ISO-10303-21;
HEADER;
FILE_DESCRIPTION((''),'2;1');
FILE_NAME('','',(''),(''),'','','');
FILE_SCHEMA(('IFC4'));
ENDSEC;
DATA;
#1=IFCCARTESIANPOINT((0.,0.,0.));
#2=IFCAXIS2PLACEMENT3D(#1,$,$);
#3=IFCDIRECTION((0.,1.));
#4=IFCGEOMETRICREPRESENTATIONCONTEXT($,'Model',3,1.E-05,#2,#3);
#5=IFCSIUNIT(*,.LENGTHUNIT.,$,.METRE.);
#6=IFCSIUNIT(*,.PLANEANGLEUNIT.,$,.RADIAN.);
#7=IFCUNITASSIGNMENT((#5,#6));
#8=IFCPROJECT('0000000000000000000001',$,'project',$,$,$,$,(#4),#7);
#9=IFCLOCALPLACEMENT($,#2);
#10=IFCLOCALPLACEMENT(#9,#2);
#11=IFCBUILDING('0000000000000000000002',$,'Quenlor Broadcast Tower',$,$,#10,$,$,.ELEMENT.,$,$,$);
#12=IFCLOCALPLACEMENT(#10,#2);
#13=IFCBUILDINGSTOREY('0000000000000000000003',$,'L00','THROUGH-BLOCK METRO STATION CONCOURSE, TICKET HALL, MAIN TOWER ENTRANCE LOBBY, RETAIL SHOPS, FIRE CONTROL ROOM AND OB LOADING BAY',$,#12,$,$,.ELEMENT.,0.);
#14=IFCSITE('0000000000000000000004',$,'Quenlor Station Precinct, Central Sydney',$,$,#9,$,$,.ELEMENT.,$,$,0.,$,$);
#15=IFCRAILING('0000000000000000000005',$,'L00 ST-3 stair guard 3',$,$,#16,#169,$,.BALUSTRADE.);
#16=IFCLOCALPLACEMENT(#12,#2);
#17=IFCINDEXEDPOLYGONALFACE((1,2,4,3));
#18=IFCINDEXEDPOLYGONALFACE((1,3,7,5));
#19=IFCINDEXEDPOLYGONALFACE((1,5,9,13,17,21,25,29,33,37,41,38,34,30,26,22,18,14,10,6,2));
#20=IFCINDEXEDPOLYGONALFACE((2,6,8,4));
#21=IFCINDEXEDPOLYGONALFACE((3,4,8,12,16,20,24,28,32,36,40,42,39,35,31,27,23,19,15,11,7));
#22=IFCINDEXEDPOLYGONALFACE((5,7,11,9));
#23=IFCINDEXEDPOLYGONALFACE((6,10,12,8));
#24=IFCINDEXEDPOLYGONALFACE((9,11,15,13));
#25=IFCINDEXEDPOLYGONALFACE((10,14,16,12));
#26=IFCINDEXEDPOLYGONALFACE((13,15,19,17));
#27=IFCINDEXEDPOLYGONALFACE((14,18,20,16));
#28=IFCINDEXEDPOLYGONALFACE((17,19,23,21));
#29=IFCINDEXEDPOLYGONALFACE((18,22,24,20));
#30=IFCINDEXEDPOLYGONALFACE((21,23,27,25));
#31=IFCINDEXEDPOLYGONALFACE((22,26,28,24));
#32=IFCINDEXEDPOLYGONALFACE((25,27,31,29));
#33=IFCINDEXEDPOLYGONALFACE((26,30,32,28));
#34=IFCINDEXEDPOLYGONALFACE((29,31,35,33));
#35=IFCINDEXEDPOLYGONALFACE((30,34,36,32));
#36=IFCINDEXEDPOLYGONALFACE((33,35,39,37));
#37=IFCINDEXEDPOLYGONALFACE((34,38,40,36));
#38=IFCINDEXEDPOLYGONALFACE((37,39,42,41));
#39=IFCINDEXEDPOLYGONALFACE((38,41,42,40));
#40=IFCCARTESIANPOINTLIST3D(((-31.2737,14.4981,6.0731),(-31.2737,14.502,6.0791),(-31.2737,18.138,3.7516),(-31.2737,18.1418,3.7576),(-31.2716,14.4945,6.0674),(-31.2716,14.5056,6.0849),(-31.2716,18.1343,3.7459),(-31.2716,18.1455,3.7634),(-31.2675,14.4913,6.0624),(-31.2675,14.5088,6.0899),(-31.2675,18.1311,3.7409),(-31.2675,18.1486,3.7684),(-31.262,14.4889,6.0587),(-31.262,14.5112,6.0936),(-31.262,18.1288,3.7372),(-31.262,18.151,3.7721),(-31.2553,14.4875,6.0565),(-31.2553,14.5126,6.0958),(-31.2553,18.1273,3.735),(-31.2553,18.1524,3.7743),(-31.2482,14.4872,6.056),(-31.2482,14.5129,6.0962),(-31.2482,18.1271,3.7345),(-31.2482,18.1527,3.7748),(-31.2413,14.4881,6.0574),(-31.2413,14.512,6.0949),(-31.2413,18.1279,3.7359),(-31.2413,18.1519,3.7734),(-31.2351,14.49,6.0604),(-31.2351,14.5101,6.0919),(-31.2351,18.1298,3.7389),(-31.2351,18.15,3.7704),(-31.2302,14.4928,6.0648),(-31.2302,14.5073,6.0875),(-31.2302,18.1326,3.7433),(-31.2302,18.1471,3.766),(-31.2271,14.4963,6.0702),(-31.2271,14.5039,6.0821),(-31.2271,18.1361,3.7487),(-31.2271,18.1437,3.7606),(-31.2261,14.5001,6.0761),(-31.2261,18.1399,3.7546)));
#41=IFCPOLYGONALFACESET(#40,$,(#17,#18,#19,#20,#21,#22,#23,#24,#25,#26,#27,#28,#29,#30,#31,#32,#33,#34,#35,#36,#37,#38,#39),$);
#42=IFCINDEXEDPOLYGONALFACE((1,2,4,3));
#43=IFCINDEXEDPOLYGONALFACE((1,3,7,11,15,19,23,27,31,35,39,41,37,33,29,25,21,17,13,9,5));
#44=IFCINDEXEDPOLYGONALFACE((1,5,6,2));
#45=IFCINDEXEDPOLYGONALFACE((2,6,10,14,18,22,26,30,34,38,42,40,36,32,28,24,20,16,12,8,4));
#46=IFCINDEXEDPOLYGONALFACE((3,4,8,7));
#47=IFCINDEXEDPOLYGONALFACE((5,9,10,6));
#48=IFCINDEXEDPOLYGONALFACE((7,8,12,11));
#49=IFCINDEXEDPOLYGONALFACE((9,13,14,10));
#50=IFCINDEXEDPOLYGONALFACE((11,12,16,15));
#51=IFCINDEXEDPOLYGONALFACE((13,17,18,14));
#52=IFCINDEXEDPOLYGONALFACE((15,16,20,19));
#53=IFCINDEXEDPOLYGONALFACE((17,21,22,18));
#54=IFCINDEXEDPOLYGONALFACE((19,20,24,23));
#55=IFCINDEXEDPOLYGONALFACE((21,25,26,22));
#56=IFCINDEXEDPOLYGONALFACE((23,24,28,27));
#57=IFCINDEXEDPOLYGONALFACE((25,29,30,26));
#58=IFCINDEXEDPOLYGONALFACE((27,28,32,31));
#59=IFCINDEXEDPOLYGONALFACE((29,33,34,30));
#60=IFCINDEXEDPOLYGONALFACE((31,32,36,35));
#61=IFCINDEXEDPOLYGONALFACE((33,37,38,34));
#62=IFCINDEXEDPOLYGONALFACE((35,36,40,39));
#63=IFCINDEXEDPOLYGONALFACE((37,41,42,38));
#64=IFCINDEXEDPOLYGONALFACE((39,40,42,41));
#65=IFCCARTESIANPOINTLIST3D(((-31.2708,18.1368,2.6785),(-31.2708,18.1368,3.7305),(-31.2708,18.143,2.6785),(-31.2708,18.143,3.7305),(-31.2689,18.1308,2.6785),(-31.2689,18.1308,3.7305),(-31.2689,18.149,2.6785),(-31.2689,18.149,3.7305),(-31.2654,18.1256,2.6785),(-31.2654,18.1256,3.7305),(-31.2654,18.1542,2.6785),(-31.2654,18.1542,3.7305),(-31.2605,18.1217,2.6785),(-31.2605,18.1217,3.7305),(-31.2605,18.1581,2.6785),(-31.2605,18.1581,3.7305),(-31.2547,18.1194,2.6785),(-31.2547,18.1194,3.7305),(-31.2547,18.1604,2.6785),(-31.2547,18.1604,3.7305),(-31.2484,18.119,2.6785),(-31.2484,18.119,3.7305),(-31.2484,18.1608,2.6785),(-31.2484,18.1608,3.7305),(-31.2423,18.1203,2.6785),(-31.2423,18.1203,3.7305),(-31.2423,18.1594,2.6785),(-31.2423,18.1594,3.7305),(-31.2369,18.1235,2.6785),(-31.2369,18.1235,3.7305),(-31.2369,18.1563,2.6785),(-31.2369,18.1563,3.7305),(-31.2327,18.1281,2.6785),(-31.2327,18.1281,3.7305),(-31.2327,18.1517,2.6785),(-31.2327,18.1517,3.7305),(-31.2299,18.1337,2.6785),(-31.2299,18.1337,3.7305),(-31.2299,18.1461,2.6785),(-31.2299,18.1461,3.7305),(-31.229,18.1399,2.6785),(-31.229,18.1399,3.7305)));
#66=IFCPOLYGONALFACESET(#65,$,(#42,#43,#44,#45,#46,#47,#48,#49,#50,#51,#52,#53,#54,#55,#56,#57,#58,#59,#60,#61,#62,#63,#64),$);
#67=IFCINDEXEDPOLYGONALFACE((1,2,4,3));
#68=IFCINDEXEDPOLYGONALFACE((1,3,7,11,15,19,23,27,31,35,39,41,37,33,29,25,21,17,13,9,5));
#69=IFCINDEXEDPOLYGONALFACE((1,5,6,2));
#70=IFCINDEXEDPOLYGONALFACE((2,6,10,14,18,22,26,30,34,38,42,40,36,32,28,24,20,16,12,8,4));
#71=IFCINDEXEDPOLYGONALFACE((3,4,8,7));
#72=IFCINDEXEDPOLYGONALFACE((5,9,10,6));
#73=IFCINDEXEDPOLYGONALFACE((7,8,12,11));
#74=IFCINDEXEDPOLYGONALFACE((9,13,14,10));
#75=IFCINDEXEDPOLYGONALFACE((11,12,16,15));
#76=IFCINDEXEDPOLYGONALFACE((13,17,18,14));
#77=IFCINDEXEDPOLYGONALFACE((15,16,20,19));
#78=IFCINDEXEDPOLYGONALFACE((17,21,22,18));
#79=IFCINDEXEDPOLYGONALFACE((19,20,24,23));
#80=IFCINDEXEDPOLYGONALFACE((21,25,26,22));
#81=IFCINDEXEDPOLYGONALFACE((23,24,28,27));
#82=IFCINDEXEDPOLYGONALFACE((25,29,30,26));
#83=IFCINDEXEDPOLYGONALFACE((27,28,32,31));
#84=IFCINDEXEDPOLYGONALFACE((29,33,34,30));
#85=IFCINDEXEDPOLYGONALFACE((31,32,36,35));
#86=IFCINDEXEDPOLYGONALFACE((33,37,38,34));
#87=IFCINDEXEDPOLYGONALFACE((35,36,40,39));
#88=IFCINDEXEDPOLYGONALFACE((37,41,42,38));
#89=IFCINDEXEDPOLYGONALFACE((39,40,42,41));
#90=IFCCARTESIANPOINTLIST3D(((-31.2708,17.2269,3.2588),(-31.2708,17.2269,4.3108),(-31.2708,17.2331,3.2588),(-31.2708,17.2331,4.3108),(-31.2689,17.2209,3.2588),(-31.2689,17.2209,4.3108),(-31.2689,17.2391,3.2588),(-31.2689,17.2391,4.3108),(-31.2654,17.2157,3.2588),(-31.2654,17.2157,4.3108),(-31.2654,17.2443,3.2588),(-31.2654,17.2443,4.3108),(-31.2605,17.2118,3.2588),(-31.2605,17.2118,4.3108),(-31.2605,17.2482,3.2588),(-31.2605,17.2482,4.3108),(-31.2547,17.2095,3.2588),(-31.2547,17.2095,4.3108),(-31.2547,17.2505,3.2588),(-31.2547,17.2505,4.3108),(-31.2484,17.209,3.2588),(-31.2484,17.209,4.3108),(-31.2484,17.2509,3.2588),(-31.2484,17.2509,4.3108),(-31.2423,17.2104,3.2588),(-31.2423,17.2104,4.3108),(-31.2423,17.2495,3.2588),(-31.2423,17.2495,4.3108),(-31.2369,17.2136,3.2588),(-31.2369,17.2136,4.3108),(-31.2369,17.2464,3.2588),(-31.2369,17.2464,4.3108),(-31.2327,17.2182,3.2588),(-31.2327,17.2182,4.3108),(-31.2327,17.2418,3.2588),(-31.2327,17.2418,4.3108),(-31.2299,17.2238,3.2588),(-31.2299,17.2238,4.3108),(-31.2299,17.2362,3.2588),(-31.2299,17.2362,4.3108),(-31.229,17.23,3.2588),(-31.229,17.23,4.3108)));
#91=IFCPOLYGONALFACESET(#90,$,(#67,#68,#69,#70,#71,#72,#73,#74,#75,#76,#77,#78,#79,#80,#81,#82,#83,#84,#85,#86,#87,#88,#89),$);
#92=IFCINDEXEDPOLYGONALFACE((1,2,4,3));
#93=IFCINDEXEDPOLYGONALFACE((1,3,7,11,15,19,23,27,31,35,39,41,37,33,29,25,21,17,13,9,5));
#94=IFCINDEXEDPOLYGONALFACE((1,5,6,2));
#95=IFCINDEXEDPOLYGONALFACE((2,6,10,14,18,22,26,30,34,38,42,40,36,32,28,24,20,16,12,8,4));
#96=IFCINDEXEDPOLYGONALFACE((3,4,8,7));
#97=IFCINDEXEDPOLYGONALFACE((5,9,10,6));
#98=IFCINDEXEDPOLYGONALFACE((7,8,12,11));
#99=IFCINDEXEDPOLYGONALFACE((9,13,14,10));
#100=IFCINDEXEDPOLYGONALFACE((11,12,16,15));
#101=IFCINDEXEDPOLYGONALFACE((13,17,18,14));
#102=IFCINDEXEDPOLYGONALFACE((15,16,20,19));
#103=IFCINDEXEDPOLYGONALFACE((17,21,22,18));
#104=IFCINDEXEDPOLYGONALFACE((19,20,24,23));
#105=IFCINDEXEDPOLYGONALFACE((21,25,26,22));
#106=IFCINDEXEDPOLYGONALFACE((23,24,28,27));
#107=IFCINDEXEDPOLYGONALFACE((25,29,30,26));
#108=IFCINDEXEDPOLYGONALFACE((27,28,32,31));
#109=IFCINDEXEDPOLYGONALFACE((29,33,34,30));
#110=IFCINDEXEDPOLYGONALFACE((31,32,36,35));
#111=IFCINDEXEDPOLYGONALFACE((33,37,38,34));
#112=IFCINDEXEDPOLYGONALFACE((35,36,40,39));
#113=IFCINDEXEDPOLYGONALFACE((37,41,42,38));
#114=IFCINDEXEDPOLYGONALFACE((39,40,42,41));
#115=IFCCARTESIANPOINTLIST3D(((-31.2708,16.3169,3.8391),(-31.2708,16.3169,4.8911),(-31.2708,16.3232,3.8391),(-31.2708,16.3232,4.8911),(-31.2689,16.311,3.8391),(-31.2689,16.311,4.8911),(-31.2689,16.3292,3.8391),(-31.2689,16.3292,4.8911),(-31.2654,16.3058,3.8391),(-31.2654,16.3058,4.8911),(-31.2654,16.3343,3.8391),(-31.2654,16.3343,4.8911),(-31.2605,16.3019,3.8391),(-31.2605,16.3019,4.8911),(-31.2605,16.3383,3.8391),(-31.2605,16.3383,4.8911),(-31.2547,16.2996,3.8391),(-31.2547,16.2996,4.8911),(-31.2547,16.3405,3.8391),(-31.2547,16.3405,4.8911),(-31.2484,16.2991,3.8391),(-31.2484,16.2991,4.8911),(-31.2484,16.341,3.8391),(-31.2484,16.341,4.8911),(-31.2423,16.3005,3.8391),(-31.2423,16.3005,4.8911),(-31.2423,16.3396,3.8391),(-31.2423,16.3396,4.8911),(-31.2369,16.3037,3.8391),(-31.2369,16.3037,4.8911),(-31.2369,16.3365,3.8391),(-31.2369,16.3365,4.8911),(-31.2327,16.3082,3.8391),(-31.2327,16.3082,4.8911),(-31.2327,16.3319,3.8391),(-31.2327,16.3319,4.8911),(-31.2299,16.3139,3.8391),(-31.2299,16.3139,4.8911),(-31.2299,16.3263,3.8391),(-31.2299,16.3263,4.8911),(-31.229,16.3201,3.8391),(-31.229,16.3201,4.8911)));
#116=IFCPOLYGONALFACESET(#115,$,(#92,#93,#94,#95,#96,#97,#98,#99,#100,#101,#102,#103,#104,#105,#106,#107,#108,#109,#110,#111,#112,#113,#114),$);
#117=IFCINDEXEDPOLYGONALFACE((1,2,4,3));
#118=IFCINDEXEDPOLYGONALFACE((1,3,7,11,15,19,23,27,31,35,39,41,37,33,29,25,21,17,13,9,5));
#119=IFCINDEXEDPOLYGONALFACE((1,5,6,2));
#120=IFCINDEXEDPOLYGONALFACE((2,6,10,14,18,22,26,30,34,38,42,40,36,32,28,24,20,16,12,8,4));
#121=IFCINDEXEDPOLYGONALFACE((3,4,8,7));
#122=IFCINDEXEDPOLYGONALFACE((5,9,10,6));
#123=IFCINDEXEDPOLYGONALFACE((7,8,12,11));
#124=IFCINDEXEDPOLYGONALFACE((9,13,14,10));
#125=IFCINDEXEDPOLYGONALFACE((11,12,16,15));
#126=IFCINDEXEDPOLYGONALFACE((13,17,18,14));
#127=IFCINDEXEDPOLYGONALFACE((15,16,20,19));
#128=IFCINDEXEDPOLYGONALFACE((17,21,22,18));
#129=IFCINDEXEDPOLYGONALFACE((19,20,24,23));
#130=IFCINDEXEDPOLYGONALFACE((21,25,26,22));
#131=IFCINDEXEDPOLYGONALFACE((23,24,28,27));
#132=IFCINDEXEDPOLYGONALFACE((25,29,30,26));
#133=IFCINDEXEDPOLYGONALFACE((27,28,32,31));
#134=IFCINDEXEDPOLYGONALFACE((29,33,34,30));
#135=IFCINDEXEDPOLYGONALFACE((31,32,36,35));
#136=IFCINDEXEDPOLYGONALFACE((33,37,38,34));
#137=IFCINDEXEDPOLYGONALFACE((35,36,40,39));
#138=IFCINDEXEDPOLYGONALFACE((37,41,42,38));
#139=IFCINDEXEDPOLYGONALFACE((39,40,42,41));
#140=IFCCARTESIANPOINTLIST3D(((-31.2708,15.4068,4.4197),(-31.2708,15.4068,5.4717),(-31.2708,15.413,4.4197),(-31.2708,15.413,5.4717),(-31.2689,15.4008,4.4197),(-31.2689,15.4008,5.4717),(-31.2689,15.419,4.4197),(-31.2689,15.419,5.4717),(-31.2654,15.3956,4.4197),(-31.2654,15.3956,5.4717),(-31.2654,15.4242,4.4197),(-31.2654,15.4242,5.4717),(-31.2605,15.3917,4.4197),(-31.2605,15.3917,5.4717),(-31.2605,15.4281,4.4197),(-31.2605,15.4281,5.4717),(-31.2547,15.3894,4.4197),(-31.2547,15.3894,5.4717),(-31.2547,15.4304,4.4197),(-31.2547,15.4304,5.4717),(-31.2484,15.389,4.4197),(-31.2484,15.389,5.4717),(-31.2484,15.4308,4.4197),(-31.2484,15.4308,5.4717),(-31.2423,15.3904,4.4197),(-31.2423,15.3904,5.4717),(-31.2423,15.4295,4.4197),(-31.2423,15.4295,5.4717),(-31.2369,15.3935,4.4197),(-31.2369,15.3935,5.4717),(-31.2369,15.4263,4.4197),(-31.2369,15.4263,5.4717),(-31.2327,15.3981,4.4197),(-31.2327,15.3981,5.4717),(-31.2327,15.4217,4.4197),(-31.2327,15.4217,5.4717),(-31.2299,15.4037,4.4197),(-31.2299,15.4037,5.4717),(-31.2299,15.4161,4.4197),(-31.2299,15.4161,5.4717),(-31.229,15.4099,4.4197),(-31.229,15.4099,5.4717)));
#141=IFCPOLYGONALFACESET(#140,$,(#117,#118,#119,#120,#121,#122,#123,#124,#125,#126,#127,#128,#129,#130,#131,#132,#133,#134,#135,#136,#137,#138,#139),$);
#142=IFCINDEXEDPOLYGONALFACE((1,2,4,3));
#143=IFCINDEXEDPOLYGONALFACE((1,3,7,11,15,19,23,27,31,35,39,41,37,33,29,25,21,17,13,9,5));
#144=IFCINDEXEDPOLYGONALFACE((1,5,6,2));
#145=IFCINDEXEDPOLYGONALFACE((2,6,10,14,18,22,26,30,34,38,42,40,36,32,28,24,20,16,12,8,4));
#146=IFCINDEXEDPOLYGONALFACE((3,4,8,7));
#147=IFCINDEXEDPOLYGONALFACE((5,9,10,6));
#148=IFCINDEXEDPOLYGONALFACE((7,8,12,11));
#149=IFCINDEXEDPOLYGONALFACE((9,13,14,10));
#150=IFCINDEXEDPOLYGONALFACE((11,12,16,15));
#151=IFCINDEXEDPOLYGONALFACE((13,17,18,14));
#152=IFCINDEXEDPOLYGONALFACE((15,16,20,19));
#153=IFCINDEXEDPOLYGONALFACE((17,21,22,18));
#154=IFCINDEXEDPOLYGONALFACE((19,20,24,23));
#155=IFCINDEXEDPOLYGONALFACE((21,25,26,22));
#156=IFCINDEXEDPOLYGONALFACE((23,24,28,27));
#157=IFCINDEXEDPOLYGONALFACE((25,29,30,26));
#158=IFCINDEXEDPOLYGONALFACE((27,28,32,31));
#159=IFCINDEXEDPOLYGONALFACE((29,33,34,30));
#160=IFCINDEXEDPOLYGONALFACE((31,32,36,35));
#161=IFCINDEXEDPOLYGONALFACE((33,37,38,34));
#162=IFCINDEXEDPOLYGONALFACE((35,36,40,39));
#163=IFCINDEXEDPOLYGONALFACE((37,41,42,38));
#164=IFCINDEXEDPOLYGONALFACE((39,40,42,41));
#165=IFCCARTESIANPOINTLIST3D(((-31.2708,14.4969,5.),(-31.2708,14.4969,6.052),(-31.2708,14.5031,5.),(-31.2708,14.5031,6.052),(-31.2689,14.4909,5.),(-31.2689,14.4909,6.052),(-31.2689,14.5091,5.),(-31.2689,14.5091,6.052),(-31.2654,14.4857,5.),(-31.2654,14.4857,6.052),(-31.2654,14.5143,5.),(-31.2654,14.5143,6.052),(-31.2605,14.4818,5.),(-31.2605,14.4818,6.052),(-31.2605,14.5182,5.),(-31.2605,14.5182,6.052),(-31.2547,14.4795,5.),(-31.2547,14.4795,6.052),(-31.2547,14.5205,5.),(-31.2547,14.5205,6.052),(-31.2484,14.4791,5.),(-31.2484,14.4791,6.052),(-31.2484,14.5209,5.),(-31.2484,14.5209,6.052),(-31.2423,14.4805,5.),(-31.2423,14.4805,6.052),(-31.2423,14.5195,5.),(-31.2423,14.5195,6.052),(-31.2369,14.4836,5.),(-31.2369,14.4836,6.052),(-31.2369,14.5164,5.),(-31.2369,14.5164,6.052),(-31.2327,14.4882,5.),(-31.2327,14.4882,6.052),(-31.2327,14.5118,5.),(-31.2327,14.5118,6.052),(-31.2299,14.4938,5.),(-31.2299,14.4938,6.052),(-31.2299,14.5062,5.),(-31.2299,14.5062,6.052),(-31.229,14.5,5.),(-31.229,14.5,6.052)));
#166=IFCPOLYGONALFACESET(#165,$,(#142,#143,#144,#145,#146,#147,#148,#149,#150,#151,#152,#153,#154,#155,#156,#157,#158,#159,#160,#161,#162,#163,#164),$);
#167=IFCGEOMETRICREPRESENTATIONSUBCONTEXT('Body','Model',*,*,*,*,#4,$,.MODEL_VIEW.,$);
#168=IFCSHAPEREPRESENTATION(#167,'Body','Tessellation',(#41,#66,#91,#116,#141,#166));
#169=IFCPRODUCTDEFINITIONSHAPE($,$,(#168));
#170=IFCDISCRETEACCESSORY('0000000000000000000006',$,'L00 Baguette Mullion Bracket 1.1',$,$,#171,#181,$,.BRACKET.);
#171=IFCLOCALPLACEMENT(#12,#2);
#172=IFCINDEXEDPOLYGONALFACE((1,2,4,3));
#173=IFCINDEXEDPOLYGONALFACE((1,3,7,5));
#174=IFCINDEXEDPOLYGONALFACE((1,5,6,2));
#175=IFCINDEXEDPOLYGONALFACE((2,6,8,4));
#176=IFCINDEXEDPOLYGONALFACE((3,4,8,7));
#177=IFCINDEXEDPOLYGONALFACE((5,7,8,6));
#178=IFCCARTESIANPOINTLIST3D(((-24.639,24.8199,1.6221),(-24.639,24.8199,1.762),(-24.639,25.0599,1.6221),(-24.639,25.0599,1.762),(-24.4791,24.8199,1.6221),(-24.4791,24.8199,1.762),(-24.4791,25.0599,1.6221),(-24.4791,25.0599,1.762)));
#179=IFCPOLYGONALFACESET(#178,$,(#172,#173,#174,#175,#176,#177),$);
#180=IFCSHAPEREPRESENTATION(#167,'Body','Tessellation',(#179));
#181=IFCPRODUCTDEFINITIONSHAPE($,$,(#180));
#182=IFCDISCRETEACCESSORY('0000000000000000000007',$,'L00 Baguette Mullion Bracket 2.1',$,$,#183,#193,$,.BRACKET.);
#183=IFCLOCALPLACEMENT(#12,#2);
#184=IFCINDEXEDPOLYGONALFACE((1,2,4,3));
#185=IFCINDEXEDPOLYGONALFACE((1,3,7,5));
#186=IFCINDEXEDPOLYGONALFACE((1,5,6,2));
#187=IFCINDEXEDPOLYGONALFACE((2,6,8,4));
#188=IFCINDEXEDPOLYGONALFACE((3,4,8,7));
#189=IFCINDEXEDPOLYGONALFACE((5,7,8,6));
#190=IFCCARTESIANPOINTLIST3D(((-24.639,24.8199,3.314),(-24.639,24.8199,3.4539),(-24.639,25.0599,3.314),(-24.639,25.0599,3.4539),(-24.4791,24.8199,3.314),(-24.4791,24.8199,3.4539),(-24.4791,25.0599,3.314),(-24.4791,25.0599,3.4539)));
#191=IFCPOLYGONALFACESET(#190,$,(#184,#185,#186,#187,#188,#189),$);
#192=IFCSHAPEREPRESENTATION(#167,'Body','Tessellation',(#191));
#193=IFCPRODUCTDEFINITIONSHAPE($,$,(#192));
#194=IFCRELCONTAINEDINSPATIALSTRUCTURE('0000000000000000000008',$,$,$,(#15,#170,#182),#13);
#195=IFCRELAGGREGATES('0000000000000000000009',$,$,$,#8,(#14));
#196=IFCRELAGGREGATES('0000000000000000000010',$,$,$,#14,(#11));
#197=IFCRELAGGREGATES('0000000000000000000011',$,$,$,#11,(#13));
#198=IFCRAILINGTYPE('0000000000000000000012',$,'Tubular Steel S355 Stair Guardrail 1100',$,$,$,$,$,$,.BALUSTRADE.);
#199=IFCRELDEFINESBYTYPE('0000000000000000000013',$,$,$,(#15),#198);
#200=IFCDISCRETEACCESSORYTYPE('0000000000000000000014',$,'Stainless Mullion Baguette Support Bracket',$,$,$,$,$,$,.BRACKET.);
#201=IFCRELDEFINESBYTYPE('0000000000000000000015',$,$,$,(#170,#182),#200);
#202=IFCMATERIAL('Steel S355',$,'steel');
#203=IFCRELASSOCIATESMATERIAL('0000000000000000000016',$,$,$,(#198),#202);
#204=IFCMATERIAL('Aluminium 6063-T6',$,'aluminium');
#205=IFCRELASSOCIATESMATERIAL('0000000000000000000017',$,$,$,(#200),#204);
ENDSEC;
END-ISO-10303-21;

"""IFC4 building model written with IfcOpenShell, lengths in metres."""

from ifc_helpers import new_model, si_unit, direction, frame, origin, origin_2d, place, context, subcontext, project, spatial, rectangle, circle, extrude, material, type_object, element, save


model = new_model("IFC4")

# Units and contexts
model_context = context("Model", 3, precision=1e-05, world=origin(), true_north=direction((0.0, 1.0)))
body_context = subcontext(model_context, "Body", "Model", "MODEL_VIEW")
ifc_project = project(units=[si_unit("LENGTHUNIT", "METRE"), si_unit("PLANEANGLEUNIT", "RADIAN")], contexts=[model_context])

# Site, building, storey
site_placement = place(None, origin())
site = spatial("IfcSite", under=ifc_project, at=site_placement, Name="Quenlor Station Precinct, Central Sydney", CompositionType="ELEMENT", RefElevation=0.0)
building_placement = place(site_placement, origin())
building = spatial("IfcBuilding", under=site, at=building_placement, Name="Quenlor Broadcast Tower", CompositionType="ELEMENT")
storey_placement = place(building_placement, origin())
storey = spatial("IfcBuildingStorey", under=building, at=storey_placement, Name="L00", Description="THROUGH-BLOCK METRO STATION CONCOURSE, TICKET HALL, MAIN TOWER ENTRANCE LOBBY, RETAIL SHOPS, FIRE CONTROL ROOM AND OB LOADING BAY", CompositionType="ELEMENT", Elevation=0.0)

# Railing
ifc_material_1 = material(Name="Steel S355", Category="steel")
railing_type_1 = type_object("IfcRailingType", Name="Tubular Steel S355 Stair Guardrail 1100", PredefinedType="BALUSTRADE", material=ifc_material_1)
railing_1_placement = place(storey_placement, frame((-31.25, 18.1399, 2.6785)))
element("IfcRailing", 1, at=railing_1_placement, inside=storey, type_object=railing_type_1, Name="L00 ST-3 stair guard 3", PredefinedType="BALUSTRADE", context=body_context, shape_type="SweptSolid", body=[
    extrude(circle(Radius=0.0239, at=origin_2d()), frame((0.0, 0.0, 1.0762), z_axis=(0.0, -0.843112, 0.537739), x_axis=(1.0, 0.0, 0.0)), (0.0, 0.0, 1.0), 4.3171),
    extrude(circle(Radius=0.021, at=origin_2d()), origin(), (0.0, 0.0, 1.0), 1.052),
    extrude(circle(Radius=0.021, at=origin_2d()), frame((0.0, -0.9099, 0.5803)), (0.0, 0.0, 1.0), 1.052),
    extrude(circle(Radius=0.021, at=origin_2d()), frame((0.0, -1.8198, 1.1606)), (0.0, 0.0, 1.0), 1.052),
    extrude(circle(Radius=0.021, at=origin_2d()), frame((0.0, -2.73, 1.7412)), (0.0, 0.0, 1.0), 1.052),
    extrude(circle(Radius=0.021, at=origin_2d()), frame((0.0, -3.6399, 2.3215)), (0.0, 0.0, 1.0), 1.052),
])

# Discrete accessories
ifc_material_2 = material(Name="Aluminium 6063-T6", Category="aluminium")
discrete_accessory_type = type_object("IfcDiscreteAccessoryType", Name="Stainless Mullion Baguette Support Bracket", PredefinedType="BRACKET", material=ifc_material_2)
for number, where, z_axis, x_axis, name in (
    (2, (-24.5591, 24.9399, 1.6221), (0.0, 0.0, 1.0), (1.0, 0.0, 0.0), "L00 Baguette Mullion Bracket 1.1"),
    (3, (-24.5591, 24.9399, 3.314), (0.0, 0.0, 1.0), (1.0, 0.0, 0.0), "L00 Baguette Mullion Bracket 2.1"),
):
    element("IfcDiscreteAccessory", number, at=place(storey_placement, frame(where, z_axis=z_axis, x_axis=x_axis)), inside=storey, type_object=discrete_accessory_type, Name=name, PredefinedType="BRACKET", context=body_context, shape_type="SweptSolid", body=[
        extrude(rectangle(XDim=0.1599, YDim=0.24, at=origin_2d()), origin(), (0.0, 0.0, 1.0), 0.1399),
    ])

save(model, "model.ifc")
